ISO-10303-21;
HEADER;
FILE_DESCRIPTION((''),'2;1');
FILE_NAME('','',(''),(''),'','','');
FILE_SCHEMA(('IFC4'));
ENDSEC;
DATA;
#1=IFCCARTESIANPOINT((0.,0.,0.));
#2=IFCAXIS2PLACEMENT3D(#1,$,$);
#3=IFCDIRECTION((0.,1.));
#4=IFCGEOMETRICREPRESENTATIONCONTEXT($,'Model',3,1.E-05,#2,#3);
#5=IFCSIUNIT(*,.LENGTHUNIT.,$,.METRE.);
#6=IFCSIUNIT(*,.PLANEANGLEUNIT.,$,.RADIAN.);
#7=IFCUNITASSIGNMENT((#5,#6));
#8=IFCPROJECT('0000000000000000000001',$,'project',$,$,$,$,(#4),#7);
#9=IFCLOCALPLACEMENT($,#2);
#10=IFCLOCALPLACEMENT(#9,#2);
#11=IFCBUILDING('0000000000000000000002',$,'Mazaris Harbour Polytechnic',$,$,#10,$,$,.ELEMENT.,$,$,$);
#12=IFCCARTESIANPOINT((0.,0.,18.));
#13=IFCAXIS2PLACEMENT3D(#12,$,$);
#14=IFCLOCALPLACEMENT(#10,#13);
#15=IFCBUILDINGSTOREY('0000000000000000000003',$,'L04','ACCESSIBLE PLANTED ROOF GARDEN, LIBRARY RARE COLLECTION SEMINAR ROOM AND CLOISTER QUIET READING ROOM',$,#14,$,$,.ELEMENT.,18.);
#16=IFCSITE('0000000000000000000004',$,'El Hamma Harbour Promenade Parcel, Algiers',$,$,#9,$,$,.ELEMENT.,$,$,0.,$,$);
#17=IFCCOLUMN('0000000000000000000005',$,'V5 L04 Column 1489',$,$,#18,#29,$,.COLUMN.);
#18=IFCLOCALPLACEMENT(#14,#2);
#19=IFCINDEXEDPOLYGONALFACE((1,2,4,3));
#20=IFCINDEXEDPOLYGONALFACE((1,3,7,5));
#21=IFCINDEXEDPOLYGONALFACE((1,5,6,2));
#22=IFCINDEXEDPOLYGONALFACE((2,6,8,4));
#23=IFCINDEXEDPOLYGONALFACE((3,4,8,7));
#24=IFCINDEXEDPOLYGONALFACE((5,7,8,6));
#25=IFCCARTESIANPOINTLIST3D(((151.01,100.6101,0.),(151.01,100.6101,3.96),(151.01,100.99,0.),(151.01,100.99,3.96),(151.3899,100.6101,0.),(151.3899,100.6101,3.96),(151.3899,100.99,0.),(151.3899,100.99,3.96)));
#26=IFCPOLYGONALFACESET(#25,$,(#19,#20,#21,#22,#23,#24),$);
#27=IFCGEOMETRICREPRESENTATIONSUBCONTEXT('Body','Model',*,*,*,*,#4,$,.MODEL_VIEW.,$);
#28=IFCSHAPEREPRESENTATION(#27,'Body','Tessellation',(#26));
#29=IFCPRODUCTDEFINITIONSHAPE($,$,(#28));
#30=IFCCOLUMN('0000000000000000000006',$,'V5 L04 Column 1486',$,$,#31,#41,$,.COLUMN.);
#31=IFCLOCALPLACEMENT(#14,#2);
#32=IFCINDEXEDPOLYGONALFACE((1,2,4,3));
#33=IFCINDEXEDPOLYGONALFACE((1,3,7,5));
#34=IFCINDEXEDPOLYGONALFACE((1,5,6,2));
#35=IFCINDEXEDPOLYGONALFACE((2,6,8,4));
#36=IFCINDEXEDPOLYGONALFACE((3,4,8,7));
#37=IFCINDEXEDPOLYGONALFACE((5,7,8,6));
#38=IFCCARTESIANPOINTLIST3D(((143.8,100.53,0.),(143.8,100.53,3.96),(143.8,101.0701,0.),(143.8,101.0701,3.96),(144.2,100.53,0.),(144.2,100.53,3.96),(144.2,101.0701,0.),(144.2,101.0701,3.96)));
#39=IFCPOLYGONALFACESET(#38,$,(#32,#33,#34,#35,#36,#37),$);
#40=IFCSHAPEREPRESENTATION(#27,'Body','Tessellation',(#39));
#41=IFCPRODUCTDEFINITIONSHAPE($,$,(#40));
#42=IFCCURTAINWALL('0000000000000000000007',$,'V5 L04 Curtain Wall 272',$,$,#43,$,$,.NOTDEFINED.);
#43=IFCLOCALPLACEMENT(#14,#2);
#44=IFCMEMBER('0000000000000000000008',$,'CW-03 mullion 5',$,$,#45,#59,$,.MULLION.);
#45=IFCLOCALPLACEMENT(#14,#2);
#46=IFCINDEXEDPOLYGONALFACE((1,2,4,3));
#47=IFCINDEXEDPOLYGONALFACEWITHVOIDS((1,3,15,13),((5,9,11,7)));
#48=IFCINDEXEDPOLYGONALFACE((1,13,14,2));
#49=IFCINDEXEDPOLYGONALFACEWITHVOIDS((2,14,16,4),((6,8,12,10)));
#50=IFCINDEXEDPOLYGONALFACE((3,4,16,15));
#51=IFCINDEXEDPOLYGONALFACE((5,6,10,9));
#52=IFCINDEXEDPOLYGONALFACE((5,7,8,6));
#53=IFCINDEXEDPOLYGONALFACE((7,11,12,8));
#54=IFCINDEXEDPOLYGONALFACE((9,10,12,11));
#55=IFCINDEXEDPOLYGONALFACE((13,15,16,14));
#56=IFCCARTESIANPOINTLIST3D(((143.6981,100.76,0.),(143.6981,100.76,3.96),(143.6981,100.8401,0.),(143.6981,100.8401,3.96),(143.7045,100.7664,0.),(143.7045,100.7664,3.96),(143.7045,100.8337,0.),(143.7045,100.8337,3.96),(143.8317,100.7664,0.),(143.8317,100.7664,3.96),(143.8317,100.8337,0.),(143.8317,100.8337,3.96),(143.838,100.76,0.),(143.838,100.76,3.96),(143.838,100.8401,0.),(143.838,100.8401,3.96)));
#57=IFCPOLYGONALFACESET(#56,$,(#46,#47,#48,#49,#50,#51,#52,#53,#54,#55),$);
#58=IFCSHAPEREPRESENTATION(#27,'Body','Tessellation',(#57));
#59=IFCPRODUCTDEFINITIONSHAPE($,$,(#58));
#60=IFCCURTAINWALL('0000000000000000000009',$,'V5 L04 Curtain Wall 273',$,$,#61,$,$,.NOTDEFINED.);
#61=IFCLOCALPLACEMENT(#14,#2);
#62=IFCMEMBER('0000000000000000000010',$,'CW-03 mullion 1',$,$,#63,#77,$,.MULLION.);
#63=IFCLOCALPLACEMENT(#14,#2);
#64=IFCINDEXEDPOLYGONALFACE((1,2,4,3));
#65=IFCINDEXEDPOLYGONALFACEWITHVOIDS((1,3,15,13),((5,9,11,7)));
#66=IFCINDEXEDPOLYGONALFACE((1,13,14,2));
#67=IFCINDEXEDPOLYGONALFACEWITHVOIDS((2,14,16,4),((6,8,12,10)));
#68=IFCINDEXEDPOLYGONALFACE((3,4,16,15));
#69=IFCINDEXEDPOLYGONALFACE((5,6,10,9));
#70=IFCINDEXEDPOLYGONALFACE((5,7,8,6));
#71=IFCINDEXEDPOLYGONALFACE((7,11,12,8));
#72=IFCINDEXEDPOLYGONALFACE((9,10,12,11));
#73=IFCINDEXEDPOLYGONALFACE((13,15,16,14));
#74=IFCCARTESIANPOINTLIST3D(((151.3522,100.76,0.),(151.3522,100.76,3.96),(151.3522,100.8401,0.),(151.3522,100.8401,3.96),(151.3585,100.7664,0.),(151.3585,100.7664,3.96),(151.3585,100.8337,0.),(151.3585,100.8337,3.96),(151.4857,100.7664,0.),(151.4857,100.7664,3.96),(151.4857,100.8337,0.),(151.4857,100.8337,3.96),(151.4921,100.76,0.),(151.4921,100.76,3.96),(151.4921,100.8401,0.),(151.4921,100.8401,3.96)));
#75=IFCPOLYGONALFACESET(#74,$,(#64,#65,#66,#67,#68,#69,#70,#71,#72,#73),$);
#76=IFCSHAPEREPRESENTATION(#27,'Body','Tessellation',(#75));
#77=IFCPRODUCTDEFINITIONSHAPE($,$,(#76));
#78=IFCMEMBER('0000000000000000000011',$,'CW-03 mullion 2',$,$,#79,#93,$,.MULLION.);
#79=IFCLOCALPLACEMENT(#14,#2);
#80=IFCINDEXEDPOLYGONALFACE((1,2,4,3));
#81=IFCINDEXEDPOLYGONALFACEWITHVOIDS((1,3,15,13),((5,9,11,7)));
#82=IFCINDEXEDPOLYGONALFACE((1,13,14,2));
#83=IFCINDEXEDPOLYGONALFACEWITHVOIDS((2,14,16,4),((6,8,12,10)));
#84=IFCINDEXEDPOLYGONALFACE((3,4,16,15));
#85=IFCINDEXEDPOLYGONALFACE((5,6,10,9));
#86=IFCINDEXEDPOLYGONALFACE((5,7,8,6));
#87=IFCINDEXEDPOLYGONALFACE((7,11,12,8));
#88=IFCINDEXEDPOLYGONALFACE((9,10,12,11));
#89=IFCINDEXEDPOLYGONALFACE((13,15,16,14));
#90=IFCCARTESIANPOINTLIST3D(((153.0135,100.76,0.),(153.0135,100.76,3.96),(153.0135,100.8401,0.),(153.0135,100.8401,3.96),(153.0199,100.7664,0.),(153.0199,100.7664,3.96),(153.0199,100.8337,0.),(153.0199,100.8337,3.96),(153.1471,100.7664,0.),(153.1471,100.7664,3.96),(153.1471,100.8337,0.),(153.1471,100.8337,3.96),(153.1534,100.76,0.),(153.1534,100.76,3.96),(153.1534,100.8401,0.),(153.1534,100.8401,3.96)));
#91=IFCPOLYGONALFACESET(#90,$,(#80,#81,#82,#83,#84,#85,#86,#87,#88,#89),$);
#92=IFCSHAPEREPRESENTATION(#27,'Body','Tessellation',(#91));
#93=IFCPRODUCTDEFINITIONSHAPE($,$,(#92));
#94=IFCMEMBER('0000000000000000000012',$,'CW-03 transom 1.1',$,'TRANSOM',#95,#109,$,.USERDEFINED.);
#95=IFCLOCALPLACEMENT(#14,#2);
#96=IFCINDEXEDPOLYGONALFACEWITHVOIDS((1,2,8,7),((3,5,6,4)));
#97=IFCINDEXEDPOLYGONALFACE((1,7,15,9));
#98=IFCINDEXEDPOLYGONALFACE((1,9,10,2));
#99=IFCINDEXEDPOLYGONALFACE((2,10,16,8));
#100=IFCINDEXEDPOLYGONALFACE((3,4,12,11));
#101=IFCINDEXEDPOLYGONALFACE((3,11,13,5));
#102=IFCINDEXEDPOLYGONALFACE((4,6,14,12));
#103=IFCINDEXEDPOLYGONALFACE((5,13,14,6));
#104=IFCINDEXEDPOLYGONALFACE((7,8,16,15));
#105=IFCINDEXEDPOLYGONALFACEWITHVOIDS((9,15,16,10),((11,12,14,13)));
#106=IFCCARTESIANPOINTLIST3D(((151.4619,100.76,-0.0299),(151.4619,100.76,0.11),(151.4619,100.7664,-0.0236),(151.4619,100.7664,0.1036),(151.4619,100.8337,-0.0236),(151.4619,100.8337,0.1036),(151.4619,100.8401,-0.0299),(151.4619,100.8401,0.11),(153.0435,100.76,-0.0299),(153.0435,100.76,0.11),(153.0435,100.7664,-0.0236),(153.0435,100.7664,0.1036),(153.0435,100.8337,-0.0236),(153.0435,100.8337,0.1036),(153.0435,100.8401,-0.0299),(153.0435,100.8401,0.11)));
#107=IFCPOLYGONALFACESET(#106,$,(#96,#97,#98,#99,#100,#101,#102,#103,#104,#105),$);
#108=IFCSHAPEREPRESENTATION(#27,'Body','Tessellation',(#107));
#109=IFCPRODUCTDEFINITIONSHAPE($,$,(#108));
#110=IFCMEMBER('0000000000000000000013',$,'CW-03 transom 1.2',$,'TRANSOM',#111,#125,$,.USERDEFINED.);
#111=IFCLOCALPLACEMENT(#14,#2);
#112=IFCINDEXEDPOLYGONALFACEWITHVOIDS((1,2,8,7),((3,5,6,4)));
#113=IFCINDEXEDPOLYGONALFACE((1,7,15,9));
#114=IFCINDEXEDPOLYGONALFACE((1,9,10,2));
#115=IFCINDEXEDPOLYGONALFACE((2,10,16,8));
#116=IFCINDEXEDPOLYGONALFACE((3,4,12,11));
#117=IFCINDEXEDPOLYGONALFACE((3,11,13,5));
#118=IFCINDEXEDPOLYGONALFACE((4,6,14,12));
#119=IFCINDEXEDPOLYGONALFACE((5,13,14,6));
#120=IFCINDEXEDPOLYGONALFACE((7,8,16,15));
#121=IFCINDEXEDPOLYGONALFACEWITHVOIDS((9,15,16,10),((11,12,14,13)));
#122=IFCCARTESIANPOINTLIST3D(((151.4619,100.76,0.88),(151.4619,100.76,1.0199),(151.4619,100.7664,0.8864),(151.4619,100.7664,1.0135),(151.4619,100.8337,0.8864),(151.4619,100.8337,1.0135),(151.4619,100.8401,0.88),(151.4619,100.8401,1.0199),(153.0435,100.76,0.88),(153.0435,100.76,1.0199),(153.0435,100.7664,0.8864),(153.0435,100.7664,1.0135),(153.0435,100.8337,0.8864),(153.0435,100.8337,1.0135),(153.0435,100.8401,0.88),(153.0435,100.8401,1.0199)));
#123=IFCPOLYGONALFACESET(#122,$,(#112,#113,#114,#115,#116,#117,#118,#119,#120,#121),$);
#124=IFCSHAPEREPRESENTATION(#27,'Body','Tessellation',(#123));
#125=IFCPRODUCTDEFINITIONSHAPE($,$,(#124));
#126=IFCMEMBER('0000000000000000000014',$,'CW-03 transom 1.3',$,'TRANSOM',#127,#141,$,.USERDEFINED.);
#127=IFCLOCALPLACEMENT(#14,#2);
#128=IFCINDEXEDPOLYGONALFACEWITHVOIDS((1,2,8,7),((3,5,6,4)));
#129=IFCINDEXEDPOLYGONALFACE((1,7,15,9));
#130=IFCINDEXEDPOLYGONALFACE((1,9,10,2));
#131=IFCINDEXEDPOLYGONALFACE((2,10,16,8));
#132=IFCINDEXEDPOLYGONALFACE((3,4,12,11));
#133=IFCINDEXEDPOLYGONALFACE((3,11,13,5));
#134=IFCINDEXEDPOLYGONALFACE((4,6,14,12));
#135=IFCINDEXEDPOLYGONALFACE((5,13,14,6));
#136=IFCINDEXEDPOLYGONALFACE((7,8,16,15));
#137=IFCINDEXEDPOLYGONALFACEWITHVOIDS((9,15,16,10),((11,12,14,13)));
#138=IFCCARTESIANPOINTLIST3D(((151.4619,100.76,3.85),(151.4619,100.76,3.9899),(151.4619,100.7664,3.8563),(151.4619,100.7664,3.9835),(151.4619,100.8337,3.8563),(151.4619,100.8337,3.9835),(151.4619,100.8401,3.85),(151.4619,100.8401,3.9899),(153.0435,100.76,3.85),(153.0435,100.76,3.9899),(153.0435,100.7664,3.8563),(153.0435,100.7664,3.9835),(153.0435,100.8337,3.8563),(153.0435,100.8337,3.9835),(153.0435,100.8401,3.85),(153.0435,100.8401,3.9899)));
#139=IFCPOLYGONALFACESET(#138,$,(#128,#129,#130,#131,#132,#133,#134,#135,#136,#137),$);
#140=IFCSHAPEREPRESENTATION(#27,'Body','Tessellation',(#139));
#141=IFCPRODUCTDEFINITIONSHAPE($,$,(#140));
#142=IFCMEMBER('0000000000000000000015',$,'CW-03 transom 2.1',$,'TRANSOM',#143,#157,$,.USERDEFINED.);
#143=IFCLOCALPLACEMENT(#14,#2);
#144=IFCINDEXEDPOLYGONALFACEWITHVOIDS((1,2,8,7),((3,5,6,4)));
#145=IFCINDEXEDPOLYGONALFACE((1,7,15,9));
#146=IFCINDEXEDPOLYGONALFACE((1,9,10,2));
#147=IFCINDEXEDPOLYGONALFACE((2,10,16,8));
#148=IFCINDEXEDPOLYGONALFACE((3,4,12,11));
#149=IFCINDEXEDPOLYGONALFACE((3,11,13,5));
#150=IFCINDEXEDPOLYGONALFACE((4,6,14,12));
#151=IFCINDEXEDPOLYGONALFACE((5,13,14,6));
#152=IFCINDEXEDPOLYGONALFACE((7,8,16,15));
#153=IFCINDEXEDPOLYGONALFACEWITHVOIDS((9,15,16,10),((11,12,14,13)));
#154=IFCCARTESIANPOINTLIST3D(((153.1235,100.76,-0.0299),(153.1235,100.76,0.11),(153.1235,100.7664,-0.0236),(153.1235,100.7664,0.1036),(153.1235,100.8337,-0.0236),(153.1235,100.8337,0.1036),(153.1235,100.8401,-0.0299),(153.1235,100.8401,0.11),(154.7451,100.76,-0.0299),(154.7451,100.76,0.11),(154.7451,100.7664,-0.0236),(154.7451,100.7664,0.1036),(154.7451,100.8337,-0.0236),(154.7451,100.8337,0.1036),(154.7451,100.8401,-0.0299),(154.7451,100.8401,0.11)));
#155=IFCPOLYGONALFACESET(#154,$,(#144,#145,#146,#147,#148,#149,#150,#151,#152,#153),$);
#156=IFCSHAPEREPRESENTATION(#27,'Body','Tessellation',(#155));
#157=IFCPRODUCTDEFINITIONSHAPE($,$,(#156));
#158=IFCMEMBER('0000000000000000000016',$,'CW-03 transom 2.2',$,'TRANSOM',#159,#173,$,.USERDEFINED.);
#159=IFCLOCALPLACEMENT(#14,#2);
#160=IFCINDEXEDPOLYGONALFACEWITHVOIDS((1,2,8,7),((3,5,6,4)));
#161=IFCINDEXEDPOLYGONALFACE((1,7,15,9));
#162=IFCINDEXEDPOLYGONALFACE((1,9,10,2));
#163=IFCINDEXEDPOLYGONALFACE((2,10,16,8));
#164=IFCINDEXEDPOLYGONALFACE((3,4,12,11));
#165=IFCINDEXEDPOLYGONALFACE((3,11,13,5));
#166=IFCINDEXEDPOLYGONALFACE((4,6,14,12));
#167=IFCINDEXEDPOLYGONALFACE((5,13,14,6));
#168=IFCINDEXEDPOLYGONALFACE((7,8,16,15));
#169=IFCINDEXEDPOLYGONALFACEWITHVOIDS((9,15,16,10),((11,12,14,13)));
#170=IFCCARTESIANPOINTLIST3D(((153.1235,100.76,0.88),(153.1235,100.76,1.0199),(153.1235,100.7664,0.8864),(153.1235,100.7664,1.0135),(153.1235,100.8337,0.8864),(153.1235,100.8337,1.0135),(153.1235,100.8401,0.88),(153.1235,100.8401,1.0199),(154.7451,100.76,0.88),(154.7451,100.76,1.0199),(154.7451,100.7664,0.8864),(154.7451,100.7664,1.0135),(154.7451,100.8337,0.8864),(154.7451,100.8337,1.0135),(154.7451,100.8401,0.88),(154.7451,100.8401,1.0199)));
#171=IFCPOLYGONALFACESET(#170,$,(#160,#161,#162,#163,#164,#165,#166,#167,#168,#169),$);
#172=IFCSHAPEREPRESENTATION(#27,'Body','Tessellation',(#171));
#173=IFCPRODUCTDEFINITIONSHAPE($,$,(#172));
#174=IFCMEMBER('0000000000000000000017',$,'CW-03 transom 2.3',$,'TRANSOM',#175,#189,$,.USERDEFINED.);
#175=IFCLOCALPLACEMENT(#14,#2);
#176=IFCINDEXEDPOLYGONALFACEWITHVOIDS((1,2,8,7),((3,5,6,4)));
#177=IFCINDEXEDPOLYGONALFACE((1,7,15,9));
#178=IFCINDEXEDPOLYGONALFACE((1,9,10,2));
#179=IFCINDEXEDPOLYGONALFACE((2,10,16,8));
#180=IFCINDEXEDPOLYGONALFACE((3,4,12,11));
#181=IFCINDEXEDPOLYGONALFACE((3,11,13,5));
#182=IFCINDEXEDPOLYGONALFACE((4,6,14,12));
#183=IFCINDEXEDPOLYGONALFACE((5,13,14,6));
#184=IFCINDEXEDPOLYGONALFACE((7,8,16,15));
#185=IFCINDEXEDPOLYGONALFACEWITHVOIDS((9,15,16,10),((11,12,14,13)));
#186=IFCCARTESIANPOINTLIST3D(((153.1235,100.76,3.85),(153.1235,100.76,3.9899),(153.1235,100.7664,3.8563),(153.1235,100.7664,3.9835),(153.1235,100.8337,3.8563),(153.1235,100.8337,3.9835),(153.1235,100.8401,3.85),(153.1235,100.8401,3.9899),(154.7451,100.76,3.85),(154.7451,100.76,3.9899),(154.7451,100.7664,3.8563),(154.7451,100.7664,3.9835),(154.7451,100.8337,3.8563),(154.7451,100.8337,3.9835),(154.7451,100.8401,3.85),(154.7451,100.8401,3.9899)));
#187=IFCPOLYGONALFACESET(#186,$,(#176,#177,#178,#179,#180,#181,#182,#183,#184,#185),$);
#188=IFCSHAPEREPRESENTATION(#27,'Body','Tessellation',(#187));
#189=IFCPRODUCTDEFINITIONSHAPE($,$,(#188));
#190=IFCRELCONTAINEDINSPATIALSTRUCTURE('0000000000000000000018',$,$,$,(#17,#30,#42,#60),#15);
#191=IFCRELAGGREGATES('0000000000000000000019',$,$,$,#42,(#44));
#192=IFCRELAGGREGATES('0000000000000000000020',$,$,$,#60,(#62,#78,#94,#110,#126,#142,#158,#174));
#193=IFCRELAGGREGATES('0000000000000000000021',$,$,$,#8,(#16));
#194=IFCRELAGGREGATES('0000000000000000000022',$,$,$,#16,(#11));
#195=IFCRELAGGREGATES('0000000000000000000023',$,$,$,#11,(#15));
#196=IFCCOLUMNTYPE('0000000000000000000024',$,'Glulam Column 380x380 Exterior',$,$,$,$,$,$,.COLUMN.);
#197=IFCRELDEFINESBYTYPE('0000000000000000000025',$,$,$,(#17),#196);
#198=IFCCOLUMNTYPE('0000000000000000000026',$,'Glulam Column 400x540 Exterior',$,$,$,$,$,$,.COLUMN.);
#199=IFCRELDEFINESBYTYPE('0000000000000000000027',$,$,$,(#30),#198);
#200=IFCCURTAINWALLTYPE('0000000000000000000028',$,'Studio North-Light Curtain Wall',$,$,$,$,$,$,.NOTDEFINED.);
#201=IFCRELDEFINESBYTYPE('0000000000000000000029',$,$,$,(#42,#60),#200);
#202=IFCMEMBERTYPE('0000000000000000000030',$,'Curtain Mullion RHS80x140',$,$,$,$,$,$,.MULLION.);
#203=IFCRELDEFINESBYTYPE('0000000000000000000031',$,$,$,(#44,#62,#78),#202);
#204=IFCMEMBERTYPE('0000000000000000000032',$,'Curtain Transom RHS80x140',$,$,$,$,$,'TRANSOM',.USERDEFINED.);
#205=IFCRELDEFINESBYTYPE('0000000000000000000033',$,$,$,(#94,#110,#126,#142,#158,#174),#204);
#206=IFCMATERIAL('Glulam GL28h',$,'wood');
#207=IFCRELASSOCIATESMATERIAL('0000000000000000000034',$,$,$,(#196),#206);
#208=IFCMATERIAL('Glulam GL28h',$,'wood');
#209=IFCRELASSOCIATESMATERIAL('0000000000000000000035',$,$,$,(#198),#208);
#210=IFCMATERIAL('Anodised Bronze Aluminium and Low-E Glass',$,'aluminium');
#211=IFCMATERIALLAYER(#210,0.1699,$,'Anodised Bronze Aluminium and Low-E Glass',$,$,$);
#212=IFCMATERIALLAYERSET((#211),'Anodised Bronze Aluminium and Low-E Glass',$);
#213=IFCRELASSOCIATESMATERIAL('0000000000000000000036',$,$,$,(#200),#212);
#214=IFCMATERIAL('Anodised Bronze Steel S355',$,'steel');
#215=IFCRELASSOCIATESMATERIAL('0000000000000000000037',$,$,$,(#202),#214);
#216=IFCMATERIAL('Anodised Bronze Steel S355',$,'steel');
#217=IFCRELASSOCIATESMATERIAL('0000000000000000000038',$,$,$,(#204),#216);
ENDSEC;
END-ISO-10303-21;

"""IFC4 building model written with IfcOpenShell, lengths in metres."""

from ifc_helpers import new_model, si_unit, direction, frame, origin, origin_2d, place, context, subcontext, project, spatial, rectangle, hollow_rectangle, extrude, material, layer, layer_set, material_profile, profile_set, type_object, element, aggregate, save


model = new_model("IFC4")

# Units and contexts
model_context = context("Model", 3, precision=1e-05, world=origin(), true_north=direction((0.0, 1.0)))
body_context = subcontext(model_context, "Body", "Model", "MODEL_VIEW")
ifc_project = project(units=[si_unit("LENGTHUNIT", "METRE"), si_unit("PLANEANGLEUNIT", "RADIAN")], contexts=[model_context])

# Site, building, storey
site_placement = place(None, origin())
site = spatial("IfcSite", under=ifc_project, at=site_placement, Name="El Hamma Harbour Promenade Parcel, Algiers", CompositionType="ELEMENT", RefElevation=0.0)
building_placement = place(site_placement, origin())
building = spatial("IfcBuilding", under=site, at=building_placement, Name="Mazaris Harbour Polytechnic", CompositionType="ELEMENT")
storey_placement = place(building_placement, frame((0.0, 0.0, 18.0)))
storey = spatial("IfcBuildingStorey", under=building, at=storey_placement, Name="L04", Description="ACCESSIBLE PLANTED ROOF GARDEN, LIBRARY RARE COLLECTION SEMINAR ROOM AND CLOISTER QUIET READING ROOM", CompositionType="ELEMENT", Elevation=18.0)

# Columns
ifc_material_1 = material(Name="Glulam GL28h", Category="wood")
ifc_material_profile_1 = material_profile(ifc_material_1, rectangle(XDim=0.3799, YDim=0.3799, at=origin_2d()), Name="RECT380x380")
ifc_profile_set_1 = profile_set([ifc_material_profile_1], Name="Glulam GL28h")
column_type_1 = type_object("IfcColumnType", Name="Glulam Column 380x380 Exterior", PredefinedType="COLUMN", material=ifc_profile_set_1)
column_1_placement = place(storey_placement, frame((151.2, 100.8, 0.0), z_axis=(0.0, 0.0, 1.0), x_axis=(1.0, 0.0, 0.0)))
element("IfcColumn", 1, at=column_1_placement, inside=storey, type_object=column_type_1, Name="V5 L04 Column 1489", PredefinedType="COLUMN", context=body_context, shape_type="SweptSolid", body=[
    extrude(rectangle(XDim=0.3799, YDim=0.3799, at=origin_2d()), origin(), (0.0, 0.0, 1.0), 3.96),
])
ifc_material_2 = material(Name="Glulam GL28h", Category="wood")
ifc_material_profile_2 = material_profile(ifc_material_2, rectangle(XDim=0.3999, YDim=0.54, at=origin_2d()), Name="RECT400x540")
ifc_profile_set_2 = profile_set([ifc_material_profile_2], Name="Glulam GL28h")
column_type_2 = type_object("IfcColumnType", Name="Glulam Column 400x540 Exterior", PredefinedType="COLUMN", material=ifc_profile_set_2)
column_2_placement = place(storey_placement, frame((144.0, 100.8, 0.0), z_axis=(0.0, 0.0, 1.0), x_axis=(1.0, 0.0, 0.0)))
element("IfcColumn", 2, at=column_2_placement, inside=storey, type_object=column_type_2, Name="V5 L04 Column 1486", PredefinedType="COLUMN", context=body_context, shape_type="SweptSolid", body=[
    extrude(rectangle(XDim=0.3999, YDim=0.54, at=origin_2d()), origin(), (0.0, 0.0, 1.0), 3.96),
])

# Curtain wall, member
ifc_material_3 = material(Name="Anodised Bronze Aluminium and Low-E Glass", Category="aluminium")
ifc_layer_1 = layer(ifc_material_3, 0.1699, Name="Anodised Bronze Aluminium and Low-E Glass")
ifc_layer_set_1 = layer_set([ifc_layer_1], Name="Anodised Bronze Aluminium and Low-E Glass")
curtain_wall_type = type_object("IfcCurtainWallType", Name="Studio North-Light Curtain Wall", PredefinedType="NOTDEFINED", material=ifc_layer_set_1)
curtain_wall_1_placement = place(storey_placement, origin())
curtain_wall_1 = element("IfcCurtainWall", 3, at=curtain_wall_1_placement, inside=storey, type_object=curtain_wall_type, Name="V5 L04 Curtain Wall 272", PredefinedType="NOTDEFINED")
ifc_material_4 = material(Name="Anodised Bronze Steel S355", Category="steel")
ifc_material_profile_3 = material_profile(ifc_material_4, hollow_rectangle(XDim=0.0801, YDim=0.1399, WallThickness=0.0063, at=origin_2d()), Name="RHS 80x140x6.3")
ifc_profile_set_3 = profile_set([ifc_material_profile_3], Name="Anodised Bronze Steel S355")
member_type_1 = type_object("IfcMemberType", Name="Curtain Mullion RHS80x140", PredefinedType="MULLION", material=ifc_profile_set_3)
member_1_placement = place(storey_placement, frame((143.7681, 100.8, 0.0), z_axis=(0.0, 0.0, 1.0), x_axis=(0.0, 1.0, 0.0)))
member_1 = element("IfcMember", 4, at=member_1_placement, type_object=member_type_1, Name="CW-03 mullion 5", PredefinedType="MULLION", context=body_context, shape_type="SweptSolid", body=[
    extrude(hollow_rectangle(XDim=0.0801, YDim=0.1399, WallThickness=0.0063, at=origin_2d()), origin(), (0.0, 0.0, 1.0), 3.96),
])
aggregate(curtain_wall_1, [member_1])

# Curtain wall, members
curtain_wall_2_placement = place(storey_placement, origin())
curtain_wall_2 = element("IfcCurtainWall", 5, at=curtain_wall_2_placement, inside=storey, type_object=curtain_wall_type, Name="V5 L04 Curtain Wall 273", PredefinedType="NOTDEFINED")
member_2_placement = place(storey_placement, frame((151.4221, 100.8, 0.0), z_axis=(0.0, 0.0, 1.0), x_axis=(0.0, 1.0, 0.0)))
member_2 = element("IfcMember", 6, at=member_2_placement, type_object=member_type_1, Name="CW-03 mullion 1", PredefinedType="MULLION", context=body_context, shape_type="SweptSolid", body=[
    extrude(hollow_rectangle(XDim=0.0801, YDim=0.1399, WallThickness=0.0063, at=origin_2d()), origin(), (0.0, 0.0, 1.0), 3.96),
])
member_3_placement = place(storey_placement, frame((153.0835, 100.8, 0.0), z_axis=(0.0, 0.0, 1.0), x_axis=(0.0, 1.0, 0.0)))
member_3 = element("IfcMember", 7, at=member_3_placement, type_object=member_type_1, Name="CW-03 mullion 2", PredefinedType="MULLION", context=body_context, shape_type="SweptSolid", body=[
    extrude(hollow_rectangle(XDim=0.0801, YDim=0.1399, WallThickness=0.0063, at=origin_2d()), origin(), (0.0, 0.0, 1.0), 3.96),
])
ifc_material_5 = material(Name="Anodised Bronze Steel S355", Category="steel")
ifc_material_profile_4 = material_profile(ifc_material_5, hollow_rectangle(XDim=0.0801, YDim=0.1399, WallThickness=0.0063, at=origin_2d()), Name="RHS 80x140x6.3")
ifc_profile_set_4 = profile_set([ifc_material_profile_4], Name="Anodised Bronze Steel S355")
member_type_2 = type_object("IfcMemberType", Name="Curtain Transom RHS80x140", ElementType="TRANSOM", PredefinedType="USERDEFINED", material=ifc_profile_set_4)
member_4_placement = place(storey_placement, frame((151.4619, 100.8, 0.04), z_axis=(1.0, 0.0, 0.0), x_axis=(0.0, 1.0, 0.0)))
member_4 = element("IfcMember", 8, at=member_4_placement, type_object=member_type_2, Name="CW-03 transom 1.1", ObjectType="TRANSOM", PredefinedType="USERDEFINED", context=body_context, shape_type="SweptSolid", body=[
    extrude(hollow_rectangle(XDim=0.0801, YDim=0.1399, WallThickness=0.0063, at=origin_2d()), origin(), (0.0, 0.0, 1.0), 1.5815),
])
member_5_placement = place(storey_placement, frame((151.4619, 100.8, 0.95), z_axis=(1.0, 0.0, 0.0), x_axis=(0.0, 1.0, 0.0)))
member_5 = element("IfcMember", 9, at=member_5_placement, type_object=member_type_2, Name="CW-03 transom 1.2", ObjectType="TRANSOM", PredefinedType="USERDEFINED", context=body_context, shape_type="SweptSolid", body=[
    extrude(hollow_rectangle(XDim=0.0801, YDim=0.1399, WallThickness=0.0063, at=origin_2d()), origin(), (0.0, 0.0, 1.0), 1.5815),
])
member_6_placement = place(storey_placement, frame((151.4619, 100.8, 3.9199), z_axis=(1.0, 0.0, 0.0), x_axis=(0.0, 1.0, 0.0)))
member_6 = element("IfcMember", 10, at=member_6_placement, type_object=member_type_2, Name="CW-03 transom 1.3", ObjectType="TRANSOM", PredefinedType="USERDEFINED", context=body_context, shape_type="SweptSolid", body=[
    extrude(hollow_rectangle(XDim=0.0801, YDim=0.1399, WallThickness=0.0063, at=origin_2d()), origin(), (0.0, 0.0, 1.0), 1.5815),
])
member_7_placement = place(storey_placement, frame((153.1235, 100.8, 0.04), z_axis=(1.0, 0.0, 0.0), x_axis=(0.0, 1.0, 0.0)))
member_7 = element("IfcMember", 11, at=member_7_placement, type_object=member_type_2, Name="CW-03 transom 2.1", ObjectType="TRANSOM", PredefinedType="USERDEFINED", context=body_context, shape_type="SweptSolid", body=[
    extrude(hollow_rectangle(XDim=0.0801, YDim=0.1399, WallThickness=0.0063, at=origin_2d()), origin(), (0.0, 0.0, 1.0), 1.6216),
])
member_8_placement = place(storey_placement, frame((153.1235, 100.8, 0.95), z_axis=(1.0, 0.0, 0.0), x_axis=(0.0, 1.0, 0.0)))
member_8 = element("IfcMember", 12, at=member_8_placement, type_object=member_type_2, Name="CW-03 transom 2.2", ObjectType="TRANSOM", PredefinedType="USERDEFINED", context=body_context, shape_type="SweptSolid", body=[
    extrude(hollow_rectangle(XDim=0.0801, YDim=0.1399, WallThickness=0.0063, at=origin_2d()), origin(), (0.0, 0.0, 1.0), 1.6216),
])
member_9_placement = place(storey_placement, frame((153.1235, 100.8, 3.9199), z_axis=(1.0, 0.0, 0.0), x_axis=(0.0, 1.0, 0.0)))
member_9 = element("IfcMember", 13, at=member_9_placement, type_object=member_type_2, Name="CW-03 transom 2.3", ObjectType="TRANSOM", PredefinedType="USERDEFINED", context=body_context, shape_type="SweptSolid", body=[
    extrude(hollow_rectangle(XDim=0.0801, YDim=0.1399, WallThickness=0.0063, at=origin_2d()), origin(), (0.0, 0.0, 1.0), 1.6216),
])

aggregate(curtain_wall_2, [member_2, member_3, member_4, member_5, member_6, member_7, member_8, member_9])

save(model, "model.ifc")
